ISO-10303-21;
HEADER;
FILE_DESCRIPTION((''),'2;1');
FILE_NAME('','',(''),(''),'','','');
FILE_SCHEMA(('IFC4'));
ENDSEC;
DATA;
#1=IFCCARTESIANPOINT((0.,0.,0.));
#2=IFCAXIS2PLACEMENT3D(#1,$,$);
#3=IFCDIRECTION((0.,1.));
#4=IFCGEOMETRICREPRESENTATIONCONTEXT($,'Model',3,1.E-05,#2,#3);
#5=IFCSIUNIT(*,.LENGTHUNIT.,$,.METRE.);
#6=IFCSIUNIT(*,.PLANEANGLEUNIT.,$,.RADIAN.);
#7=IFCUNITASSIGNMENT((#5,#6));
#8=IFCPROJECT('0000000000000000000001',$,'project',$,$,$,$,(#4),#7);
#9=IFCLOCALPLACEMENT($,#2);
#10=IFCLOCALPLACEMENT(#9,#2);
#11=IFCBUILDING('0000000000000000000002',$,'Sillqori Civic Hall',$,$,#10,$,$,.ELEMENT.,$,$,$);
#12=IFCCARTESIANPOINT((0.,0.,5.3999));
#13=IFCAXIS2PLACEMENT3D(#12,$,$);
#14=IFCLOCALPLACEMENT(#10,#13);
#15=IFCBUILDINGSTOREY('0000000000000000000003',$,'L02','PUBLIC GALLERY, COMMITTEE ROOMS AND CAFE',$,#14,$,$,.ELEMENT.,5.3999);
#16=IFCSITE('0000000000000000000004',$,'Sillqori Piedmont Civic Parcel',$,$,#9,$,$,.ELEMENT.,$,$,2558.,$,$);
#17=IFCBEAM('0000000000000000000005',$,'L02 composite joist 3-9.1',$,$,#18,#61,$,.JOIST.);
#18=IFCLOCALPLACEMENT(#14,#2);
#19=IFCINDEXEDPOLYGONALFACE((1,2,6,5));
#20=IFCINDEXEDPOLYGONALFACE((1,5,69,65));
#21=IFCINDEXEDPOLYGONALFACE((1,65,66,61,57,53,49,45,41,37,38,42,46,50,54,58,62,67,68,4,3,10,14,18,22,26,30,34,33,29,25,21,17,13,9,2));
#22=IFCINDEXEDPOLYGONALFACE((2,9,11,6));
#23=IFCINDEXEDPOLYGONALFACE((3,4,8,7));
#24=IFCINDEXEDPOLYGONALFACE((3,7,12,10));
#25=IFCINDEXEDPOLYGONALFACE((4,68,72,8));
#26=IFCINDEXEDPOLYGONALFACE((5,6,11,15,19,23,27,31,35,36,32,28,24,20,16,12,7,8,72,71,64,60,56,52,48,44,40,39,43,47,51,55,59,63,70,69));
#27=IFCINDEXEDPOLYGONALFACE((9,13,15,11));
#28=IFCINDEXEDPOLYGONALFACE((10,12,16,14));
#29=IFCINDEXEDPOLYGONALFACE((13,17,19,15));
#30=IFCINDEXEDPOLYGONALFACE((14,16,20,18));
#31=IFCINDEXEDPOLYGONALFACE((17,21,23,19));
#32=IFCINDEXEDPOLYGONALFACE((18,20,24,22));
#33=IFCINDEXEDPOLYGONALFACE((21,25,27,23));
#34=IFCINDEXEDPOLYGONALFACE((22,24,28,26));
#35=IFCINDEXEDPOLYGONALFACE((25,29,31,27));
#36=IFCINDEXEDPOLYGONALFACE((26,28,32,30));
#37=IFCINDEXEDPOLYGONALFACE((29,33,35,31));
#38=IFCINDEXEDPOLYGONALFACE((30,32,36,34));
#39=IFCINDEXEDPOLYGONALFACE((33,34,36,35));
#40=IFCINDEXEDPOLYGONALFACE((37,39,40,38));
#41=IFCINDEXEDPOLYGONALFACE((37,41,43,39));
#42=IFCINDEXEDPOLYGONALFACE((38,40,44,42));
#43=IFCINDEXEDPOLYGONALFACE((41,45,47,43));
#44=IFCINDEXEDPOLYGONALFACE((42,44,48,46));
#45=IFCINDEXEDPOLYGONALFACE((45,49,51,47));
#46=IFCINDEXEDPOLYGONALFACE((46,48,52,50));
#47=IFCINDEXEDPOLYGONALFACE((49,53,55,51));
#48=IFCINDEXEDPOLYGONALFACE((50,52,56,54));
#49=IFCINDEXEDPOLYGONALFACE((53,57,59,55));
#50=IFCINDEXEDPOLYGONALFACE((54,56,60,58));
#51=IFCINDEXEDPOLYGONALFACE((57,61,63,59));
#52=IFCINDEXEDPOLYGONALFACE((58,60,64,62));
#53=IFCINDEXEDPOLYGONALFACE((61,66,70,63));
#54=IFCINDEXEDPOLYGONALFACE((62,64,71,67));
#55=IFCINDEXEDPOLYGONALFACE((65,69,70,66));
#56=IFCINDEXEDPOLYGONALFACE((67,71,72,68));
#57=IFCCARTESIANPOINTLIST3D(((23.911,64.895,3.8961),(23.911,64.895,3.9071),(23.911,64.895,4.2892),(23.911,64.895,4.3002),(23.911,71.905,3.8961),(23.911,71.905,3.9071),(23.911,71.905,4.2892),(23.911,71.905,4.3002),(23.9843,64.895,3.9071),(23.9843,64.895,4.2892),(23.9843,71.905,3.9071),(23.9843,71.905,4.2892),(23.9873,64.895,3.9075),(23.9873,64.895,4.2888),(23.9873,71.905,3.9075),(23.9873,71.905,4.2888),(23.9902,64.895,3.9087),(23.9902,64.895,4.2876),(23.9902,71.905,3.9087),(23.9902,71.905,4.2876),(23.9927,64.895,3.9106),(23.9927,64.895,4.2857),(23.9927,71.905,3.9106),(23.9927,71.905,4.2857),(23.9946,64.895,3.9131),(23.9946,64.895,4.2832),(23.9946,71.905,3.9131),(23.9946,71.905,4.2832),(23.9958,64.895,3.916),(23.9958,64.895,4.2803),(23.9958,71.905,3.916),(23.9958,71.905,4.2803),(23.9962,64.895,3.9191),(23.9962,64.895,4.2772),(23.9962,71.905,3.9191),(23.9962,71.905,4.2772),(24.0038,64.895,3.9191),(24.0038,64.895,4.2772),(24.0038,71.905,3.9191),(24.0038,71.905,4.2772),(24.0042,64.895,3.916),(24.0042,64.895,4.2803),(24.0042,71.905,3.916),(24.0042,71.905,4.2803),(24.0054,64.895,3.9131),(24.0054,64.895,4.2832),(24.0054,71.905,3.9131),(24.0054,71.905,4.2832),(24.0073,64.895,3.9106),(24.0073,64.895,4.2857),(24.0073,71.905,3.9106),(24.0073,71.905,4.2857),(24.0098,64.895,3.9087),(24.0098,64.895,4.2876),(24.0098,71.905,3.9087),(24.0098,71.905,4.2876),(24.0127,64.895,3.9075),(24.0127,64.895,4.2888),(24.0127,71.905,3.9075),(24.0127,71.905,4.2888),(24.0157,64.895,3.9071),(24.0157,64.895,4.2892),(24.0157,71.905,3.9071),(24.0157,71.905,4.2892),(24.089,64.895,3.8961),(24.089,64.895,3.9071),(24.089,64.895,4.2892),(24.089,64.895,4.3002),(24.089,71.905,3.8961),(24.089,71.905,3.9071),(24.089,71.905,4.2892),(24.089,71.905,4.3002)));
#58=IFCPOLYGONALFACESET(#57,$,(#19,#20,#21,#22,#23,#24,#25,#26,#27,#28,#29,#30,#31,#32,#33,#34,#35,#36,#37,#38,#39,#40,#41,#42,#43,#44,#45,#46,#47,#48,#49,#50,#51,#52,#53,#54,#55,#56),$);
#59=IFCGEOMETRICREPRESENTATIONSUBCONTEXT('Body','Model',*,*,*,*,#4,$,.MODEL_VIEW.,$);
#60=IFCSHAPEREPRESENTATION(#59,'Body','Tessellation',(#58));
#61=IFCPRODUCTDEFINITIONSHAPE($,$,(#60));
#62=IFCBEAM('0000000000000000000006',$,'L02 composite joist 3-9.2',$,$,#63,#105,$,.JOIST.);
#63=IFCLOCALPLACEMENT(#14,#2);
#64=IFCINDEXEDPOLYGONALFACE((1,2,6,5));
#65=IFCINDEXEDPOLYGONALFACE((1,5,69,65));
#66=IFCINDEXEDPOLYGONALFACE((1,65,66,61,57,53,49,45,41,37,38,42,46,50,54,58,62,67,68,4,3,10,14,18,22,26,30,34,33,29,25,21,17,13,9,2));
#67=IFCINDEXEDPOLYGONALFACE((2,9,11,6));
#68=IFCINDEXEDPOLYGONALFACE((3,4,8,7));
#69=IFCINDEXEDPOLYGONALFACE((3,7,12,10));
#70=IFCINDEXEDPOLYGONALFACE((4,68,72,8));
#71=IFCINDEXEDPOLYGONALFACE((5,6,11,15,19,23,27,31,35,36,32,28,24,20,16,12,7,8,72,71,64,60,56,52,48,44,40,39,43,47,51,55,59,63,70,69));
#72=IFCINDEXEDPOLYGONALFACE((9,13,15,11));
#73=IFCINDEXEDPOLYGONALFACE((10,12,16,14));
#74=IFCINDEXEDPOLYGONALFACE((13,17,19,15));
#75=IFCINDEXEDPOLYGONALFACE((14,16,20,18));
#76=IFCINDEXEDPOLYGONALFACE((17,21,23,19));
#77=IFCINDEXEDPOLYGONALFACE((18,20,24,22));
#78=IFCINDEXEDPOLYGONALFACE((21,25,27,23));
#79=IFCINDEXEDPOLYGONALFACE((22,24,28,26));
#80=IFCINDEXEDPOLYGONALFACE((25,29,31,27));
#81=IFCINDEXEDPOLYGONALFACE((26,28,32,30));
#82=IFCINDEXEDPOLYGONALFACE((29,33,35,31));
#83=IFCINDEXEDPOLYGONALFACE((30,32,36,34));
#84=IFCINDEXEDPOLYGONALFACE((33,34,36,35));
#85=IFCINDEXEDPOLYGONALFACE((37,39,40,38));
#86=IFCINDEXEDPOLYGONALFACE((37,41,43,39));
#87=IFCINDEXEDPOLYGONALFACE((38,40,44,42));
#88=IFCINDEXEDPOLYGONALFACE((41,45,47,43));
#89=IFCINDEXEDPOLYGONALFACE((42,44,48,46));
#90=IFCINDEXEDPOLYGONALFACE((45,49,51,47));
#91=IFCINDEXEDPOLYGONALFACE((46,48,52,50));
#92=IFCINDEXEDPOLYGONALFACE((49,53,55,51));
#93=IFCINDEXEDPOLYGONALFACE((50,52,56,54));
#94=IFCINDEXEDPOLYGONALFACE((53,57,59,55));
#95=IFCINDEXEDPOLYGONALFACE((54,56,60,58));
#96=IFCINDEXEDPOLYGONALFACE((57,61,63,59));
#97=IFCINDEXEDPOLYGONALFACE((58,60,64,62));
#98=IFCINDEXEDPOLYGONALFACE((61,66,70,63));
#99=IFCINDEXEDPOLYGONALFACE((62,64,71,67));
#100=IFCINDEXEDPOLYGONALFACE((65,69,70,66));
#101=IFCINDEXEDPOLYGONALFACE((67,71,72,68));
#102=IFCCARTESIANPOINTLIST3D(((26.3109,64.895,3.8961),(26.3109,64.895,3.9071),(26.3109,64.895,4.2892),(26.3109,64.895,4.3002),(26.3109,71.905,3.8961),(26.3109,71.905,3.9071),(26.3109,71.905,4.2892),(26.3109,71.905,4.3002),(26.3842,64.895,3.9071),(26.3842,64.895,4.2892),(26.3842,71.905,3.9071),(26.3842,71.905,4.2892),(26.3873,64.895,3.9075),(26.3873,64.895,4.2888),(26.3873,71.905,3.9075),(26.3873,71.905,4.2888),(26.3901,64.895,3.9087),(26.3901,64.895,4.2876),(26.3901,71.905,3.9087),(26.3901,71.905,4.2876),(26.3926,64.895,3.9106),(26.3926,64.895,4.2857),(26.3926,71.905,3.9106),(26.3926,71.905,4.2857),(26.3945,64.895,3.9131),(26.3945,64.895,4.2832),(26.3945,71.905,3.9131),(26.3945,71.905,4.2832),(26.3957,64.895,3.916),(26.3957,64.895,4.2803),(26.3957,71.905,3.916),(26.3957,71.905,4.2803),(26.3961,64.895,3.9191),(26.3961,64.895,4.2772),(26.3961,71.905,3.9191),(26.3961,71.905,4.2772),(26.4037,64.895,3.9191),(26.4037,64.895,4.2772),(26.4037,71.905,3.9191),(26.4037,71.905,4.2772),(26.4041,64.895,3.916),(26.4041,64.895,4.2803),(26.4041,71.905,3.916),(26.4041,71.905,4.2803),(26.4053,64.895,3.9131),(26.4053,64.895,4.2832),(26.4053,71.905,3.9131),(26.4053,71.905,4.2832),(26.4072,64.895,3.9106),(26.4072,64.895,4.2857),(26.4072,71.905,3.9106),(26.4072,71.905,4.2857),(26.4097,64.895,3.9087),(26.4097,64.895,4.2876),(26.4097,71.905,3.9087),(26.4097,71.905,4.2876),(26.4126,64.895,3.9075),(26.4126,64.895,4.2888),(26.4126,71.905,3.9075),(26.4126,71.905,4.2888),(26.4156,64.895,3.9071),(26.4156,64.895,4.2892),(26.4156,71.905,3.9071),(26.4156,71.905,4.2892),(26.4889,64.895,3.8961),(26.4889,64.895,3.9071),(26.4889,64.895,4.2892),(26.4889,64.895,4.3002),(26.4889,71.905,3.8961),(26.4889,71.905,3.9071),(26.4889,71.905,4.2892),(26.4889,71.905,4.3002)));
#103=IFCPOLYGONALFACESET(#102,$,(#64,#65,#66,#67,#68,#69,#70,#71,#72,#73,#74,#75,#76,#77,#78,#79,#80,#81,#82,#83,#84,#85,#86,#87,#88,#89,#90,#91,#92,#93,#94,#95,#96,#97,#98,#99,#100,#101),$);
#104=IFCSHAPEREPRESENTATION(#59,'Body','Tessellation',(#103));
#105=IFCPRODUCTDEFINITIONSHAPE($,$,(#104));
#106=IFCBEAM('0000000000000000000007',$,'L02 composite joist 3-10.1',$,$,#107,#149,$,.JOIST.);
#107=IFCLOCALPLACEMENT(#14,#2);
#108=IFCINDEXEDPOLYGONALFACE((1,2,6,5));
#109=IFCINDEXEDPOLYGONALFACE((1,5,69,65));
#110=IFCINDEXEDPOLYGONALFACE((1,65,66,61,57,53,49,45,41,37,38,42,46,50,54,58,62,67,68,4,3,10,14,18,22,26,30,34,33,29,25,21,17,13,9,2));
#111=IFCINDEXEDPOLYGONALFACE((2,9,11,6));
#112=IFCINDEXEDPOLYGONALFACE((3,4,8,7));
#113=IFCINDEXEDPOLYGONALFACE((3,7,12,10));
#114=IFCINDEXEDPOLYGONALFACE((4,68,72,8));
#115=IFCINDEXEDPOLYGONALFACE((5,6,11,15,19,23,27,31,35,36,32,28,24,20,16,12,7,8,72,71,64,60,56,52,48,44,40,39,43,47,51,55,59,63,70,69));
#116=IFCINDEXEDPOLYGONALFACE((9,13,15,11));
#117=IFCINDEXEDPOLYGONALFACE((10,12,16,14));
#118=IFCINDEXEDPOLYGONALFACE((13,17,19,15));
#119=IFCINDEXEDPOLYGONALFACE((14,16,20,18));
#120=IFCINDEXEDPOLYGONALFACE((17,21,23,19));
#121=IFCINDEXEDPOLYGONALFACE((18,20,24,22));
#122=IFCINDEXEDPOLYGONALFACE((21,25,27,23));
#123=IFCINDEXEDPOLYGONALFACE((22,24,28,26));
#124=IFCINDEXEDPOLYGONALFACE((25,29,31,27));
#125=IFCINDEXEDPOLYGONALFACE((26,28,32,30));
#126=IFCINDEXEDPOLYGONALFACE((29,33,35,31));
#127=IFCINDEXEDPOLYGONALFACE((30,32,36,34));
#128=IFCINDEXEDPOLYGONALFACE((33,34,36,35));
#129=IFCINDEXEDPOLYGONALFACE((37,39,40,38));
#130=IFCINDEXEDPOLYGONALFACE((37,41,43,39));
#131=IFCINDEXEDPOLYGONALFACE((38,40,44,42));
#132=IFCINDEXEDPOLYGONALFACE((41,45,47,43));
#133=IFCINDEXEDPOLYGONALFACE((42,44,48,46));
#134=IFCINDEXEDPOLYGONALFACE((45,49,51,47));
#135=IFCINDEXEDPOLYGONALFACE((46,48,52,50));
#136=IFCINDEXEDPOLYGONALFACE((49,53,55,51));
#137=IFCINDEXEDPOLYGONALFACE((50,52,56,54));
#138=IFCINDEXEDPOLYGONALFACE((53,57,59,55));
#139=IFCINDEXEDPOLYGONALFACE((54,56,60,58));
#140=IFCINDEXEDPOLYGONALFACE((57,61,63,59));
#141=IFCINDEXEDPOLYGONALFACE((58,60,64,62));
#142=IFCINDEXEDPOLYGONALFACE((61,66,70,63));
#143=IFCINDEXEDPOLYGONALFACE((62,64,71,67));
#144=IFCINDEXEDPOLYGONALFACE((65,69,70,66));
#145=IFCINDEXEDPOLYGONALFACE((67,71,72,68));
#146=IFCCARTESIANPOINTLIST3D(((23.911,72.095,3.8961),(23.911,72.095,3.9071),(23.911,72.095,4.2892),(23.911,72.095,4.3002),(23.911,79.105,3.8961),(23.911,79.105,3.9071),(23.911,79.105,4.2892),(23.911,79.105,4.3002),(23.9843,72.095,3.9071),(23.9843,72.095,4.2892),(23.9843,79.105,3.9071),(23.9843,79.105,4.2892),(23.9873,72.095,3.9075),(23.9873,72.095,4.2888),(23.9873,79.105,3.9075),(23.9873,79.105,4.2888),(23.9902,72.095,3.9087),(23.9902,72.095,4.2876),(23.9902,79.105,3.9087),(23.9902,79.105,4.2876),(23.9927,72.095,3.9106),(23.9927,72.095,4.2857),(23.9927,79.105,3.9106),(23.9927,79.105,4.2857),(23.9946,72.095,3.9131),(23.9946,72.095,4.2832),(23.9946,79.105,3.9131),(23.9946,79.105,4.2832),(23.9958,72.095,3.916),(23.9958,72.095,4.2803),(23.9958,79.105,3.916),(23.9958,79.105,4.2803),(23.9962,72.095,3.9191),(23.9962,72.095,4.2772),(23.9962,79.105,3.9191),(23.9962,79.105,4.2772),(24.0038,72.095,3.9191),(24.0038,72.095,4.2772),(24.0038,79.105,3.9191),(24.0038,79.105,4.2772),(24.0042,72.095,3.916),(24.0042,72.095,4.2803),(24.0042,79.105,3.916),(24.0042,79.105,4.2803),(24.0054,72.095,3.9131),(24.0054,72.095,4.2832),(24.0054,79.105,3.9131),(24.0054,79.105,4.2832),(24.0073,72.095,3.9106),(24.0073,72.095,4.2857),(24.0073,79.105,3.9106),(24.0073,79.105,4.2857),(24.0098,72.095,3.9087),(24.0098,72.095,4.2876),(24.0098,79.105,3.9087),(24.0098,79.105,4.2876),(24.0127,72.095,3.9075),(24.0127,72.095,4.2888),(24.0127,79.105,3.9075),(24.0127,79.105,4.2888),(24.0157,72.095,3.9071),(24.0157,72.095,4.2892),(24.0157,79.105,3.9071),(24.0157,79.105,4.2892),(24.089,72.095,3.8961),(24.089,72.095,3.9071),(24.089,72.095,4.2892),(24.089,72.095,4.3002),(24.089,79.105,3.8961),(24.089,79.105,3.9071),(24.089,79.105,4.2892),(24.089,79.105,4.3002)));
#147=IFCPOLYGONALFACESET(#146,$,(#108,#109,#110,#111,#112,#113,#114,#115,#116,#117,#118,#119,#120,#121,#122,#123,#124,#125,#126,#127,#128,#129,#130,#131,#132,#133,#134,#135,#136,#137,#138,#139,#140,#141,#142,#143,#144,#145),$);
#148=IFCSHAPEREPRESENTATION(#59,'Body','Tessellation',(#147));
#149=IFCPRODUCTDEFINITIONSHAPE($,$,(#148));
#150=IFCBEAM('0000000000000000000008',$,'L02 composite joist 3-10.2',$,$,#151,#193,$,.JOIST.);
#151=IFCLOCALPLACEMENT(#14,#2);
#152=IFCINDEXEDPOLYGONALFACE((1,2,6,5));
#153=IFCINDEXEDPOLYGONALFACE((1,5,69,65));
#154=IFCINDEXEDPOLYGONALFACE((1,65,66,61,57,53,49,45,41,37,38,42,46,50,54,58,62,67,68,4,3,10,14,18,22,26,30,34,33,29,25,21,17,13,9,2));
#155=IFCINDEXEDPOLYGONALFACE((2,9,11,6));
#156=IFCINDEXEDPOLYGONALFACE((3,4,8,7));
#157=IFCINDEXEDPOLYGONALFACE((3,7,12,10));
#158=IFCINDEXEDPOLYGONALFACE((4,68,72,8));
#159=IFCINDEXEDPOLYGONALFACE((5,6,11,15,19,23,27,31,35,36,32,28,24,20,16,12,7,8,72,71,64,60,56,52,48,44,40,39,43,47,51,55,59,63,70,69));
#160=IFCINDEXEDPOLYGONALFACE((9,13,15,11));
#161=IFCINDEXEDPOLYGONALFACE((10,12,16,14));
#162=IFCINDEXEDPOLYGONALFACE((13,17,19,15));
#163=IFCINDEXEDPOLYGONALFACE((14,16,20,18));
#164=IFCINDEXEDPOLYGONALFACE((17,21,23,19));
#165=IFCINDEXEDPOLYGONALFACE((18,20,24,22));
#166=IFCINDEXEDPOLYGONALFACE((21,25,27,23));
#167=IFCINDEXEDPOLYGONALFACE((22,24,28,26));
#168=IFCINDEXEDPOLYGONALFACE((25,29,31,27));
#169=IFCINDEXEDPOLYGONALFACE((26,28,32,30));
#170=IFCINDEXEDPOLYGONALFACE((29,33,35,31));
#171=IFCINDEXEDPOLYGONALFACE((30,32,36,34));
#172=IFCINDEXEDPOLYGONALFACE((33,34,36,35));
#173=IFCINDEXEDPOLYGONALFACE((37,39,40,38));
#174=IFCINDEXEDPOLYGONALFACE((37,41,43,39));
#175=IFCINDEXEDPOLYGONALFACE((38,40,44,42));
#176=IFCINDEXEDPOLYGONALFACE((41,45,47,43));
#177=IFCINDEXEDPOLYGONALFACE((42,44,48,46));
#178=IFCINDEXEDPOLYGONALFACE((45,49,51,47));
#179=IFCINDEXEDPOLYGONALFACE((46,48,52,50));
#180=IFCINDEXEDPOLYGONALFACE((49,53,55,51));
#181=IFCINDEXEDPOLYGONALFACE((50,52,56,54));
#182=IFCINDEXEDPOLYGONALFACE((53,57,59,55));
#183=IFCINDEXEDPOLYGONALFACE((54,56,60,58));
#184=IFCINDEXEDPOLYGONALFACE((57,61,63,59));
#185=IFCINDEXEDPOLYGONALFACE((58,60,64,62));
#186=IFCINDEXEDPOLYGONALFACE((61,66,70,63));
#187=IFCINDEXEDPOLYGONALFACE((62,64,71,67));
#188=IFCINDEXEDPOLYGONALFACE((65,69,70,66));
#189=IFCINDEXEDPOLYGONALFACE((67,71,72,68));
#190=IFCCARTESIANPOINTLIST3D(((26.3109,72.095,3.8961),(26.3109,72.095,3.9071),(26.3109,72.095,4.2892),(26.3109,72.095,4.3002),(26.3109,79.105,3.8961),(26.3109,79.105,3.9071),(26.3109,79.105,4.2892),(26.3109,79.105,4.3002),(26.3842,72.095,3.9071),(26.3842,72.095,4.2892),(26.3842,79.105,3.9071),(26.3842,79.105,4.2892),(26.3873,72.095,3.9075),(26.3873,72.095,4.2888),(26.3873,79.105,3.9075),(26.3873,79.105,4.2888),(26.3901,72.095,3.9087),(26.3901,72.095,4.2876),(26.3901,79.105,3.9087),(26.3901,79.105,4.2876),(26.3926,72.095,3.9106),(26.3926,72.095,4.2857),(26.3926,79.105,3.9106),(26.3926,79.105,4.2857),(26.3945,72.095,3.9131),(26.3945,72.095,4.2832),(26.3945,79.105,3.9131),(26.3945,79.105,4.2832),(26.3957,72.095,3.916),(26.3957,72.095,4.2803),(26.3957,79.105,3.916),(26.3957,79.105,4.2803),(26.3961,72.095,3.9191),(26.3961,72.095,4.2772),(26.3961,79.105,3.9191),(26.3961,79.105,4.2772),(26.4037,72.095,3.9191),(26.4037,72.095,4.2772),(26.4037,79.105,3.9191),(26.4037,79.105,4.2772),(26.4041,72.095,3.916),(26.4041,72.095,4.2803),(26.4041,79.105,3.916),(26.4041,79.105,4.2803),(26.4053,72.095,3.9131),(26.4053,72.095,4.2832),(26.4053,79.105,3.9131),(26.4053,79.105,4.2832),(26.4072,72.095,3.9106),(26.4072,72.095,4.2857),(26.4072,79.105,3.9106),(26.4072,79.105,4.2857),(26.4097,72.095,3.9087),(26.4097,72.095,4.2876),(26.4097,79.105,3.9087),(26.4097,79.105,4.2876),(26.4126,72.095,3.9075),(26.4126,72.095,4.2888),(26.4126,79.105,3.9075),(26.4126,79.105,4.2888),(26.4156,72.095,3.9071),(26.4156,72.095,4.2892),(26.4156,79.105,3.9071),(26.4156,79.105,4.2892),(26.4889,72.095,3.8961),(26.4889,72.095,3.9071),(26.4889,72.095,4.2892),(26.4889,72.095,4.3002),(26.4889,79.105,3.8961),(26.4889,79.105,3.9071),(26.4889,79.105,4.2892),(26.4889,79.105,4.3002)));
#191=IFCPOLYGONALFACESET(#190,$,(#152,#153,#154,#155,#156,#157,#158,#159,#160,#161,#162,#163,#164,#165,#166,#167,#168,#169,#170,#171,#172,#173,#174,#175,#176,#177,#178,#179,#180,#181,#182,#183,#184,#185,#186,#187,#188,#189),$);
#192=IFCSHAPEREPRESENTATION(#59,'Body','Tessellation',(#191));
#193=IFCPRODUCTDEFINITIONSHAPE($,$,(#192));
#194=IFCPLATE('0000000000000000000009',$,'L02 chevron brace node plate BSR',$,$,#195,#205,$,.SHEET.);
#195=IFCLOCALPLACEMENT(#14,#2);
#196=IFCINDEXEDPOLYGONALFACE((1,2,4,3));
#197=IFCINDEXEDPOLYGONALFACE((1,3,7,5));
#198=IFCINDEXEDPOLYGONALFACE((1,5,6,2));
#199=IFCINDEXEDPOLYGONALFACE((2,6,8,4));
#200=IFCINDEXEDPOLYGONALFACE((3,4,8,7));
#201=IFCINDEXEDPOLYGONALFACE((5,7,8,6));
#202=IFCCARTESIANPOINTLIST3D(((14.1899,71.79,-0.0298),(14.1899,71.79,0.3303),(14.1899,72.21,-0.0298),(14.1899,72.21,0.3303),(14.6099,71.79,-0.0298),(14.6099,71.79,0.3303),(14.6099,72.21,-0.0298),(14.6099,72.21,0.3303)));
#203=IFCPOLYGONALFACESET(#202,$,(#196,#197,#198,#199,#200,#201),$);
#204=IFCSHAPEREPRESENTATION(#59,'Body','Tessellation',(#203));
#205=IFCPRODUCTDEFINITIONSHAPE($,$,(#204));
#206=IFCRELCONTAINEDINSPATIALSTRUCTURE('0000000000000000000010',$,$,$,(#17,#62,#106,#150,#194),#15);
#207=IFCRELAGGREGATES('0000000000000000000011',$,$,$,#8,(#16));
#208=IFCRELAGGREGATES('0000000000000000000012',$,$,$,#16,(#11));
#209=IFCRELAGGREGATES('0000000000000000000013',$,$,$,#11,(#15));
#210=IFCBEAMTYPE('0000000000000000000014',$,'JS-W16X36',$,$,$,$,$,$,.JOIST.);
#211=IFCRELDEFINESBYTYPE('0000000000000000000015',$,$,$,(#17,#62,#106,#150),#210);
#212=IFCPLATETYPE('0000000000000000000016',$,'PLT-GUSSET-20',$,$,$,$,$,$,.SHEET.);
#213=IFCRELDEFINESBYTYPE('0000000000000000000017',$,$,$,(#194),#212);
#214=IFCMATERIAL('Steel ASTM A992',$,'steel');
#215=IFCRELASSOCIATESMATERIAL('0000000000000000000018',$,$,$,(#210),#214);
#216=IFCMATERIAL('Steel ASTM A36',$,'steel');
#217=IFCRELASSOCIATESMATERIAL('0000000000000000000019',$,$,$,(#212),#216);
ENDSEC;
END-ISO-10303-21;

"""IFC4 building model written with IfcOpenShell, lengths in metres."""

from ifc_helpers import new_model, si_unit, direction, frame, origin, origin_2d, place, context, subcontext, project, spatial, rectangle, i_section, extrude, material, material_profile, profile_set, type_object, element, save


model = new_model("IFC4")

# Units and contexts
model_context = context("Model", 3, precision=1e-05, world=origin(), true_north=direction((0.0, 1.0)))
body_context = subcontext(model_context, "Body", "Model", "MODEL_VIEW")
ifc_project = project(units=[si_unit("LENGTHUNIT", "METRE"), si_unit("PLANEANGLEUNIT", "RADIAN")], contexts=[model_context])

# Site, building, storey
site_placement = place(None, origin())
site = spatial("IfcSite", under=ifc_project, at=site_placement, Name="Sillqori Piedmont Civic Parcel", CompositionType="ELEMENT", RefElevation=2558.0)
building_placement = place(site_placement, origin())
building = spatial("IfcBuilding", under=site, at=building_placement, Name="Sillqori Civic Hall", CompositionType="ELEMENT")
storey_placement = place(building_placement, frame((0.0, 0.0, 5.3999)))
storey = spatial("IfcBuildingStorey", under=building, at=storey_placement, Name="L02", Description="PUBLIC GALLERY, COMMITTEE ROOMS AND CAFE", CompositionType="ELEMENT", Elevation=5.3999)

# Shared definitions
ifc_material_1 = material(Name="Steel ASTM A992", Category="steel")

# Beams
ifc_material_profile_1 = material_profile(ifc_material_1, i_section(OverallWidth=0.178, OverallDepth=0.4041, WebThickness=0.0076, FlangeThickness=0.011, FilletRadius=0.012, at=origin_2d()), Name="W16X36")
ifc_profile_set_1 = profile_set([ifc_material_profile_1], Name="Steel ASTM A992")
beam_type_1 = type_object("IfcBeamType", Name="JS-W16X36", PredefinedType="JOIST", material=ifc_profile_set_1)
for number, where, z_axis, x_axis, name in (
    (1, (24.0, 64.895, 4.0981), (0.0, 1.0, 0.0), (-1.0, 0.0, 0.0), "L02 composite joist 3-9.1"),
    (2, (26.3999, 64.895, 4.0981), (0.0, 1.0, 0.0), (-1.0, 0.0, 0.0), "L02 composite joist 3-9.2"),
    (3, (24.0, 72.095, 4.0981), (0.0, 1.0, 0.0), (-1.0, 0.0, 0.0), "L02 composite joist 3-10.1"),
    (4, (26.3999, 72.095, 4.0981), (0.0, 1.0, 0.0), (-1.0, 0.0, 0.0), "L02 composite joist 3-10.2"),
):
    element("IfcBeam", number, at=place(storey_placement, frame(where, z_axis=z_axis, x_axis=x_axis)), inside=storey, type_object=beam_type_1, Name=name, PredefinedType="JOIST", context=body_context, shape_type="SweptSolid", body=[
        extrude(i_section(OverallWidth=0.178, OverallDepth=0.4041, WebThickness=0.0076, FlangeThickness=0.011, FilletRadius=0.012, at=origin_2d()), origin(), (0.0, 0.0, 1.0), 7.01),
    ])

# Plate
ifc_material_2 = material(Name="Steel ASTM A36", Category="steel")
plate_type = type_object("IfcPlateType", Name="PLT-GUSSET-20", PredefinedType="SHEET", material=ifc_material_2)
plate_placement = place(storey_placement, frame((14.3999, 72.0, -0.0298), z_axis=(0.0, 0.0, 1.0), x_axis=(1.0, 0.0, 0.0)))
element("IfcPlate", 5, at=plate_placement, inside=storey, type_object=plate_type, Name="L02 chevron brace node plate BSR", PredefinedType="SHEET", context=body_context, shape_type="SweptSolid", body=[
    extrude(rectangle(XDim=0.4199, YDim=0.4199, at=origin_2d()), origin(), (0.0, 0.0, 1.0), 0.3601),
])

save(model, "model.ifc")
